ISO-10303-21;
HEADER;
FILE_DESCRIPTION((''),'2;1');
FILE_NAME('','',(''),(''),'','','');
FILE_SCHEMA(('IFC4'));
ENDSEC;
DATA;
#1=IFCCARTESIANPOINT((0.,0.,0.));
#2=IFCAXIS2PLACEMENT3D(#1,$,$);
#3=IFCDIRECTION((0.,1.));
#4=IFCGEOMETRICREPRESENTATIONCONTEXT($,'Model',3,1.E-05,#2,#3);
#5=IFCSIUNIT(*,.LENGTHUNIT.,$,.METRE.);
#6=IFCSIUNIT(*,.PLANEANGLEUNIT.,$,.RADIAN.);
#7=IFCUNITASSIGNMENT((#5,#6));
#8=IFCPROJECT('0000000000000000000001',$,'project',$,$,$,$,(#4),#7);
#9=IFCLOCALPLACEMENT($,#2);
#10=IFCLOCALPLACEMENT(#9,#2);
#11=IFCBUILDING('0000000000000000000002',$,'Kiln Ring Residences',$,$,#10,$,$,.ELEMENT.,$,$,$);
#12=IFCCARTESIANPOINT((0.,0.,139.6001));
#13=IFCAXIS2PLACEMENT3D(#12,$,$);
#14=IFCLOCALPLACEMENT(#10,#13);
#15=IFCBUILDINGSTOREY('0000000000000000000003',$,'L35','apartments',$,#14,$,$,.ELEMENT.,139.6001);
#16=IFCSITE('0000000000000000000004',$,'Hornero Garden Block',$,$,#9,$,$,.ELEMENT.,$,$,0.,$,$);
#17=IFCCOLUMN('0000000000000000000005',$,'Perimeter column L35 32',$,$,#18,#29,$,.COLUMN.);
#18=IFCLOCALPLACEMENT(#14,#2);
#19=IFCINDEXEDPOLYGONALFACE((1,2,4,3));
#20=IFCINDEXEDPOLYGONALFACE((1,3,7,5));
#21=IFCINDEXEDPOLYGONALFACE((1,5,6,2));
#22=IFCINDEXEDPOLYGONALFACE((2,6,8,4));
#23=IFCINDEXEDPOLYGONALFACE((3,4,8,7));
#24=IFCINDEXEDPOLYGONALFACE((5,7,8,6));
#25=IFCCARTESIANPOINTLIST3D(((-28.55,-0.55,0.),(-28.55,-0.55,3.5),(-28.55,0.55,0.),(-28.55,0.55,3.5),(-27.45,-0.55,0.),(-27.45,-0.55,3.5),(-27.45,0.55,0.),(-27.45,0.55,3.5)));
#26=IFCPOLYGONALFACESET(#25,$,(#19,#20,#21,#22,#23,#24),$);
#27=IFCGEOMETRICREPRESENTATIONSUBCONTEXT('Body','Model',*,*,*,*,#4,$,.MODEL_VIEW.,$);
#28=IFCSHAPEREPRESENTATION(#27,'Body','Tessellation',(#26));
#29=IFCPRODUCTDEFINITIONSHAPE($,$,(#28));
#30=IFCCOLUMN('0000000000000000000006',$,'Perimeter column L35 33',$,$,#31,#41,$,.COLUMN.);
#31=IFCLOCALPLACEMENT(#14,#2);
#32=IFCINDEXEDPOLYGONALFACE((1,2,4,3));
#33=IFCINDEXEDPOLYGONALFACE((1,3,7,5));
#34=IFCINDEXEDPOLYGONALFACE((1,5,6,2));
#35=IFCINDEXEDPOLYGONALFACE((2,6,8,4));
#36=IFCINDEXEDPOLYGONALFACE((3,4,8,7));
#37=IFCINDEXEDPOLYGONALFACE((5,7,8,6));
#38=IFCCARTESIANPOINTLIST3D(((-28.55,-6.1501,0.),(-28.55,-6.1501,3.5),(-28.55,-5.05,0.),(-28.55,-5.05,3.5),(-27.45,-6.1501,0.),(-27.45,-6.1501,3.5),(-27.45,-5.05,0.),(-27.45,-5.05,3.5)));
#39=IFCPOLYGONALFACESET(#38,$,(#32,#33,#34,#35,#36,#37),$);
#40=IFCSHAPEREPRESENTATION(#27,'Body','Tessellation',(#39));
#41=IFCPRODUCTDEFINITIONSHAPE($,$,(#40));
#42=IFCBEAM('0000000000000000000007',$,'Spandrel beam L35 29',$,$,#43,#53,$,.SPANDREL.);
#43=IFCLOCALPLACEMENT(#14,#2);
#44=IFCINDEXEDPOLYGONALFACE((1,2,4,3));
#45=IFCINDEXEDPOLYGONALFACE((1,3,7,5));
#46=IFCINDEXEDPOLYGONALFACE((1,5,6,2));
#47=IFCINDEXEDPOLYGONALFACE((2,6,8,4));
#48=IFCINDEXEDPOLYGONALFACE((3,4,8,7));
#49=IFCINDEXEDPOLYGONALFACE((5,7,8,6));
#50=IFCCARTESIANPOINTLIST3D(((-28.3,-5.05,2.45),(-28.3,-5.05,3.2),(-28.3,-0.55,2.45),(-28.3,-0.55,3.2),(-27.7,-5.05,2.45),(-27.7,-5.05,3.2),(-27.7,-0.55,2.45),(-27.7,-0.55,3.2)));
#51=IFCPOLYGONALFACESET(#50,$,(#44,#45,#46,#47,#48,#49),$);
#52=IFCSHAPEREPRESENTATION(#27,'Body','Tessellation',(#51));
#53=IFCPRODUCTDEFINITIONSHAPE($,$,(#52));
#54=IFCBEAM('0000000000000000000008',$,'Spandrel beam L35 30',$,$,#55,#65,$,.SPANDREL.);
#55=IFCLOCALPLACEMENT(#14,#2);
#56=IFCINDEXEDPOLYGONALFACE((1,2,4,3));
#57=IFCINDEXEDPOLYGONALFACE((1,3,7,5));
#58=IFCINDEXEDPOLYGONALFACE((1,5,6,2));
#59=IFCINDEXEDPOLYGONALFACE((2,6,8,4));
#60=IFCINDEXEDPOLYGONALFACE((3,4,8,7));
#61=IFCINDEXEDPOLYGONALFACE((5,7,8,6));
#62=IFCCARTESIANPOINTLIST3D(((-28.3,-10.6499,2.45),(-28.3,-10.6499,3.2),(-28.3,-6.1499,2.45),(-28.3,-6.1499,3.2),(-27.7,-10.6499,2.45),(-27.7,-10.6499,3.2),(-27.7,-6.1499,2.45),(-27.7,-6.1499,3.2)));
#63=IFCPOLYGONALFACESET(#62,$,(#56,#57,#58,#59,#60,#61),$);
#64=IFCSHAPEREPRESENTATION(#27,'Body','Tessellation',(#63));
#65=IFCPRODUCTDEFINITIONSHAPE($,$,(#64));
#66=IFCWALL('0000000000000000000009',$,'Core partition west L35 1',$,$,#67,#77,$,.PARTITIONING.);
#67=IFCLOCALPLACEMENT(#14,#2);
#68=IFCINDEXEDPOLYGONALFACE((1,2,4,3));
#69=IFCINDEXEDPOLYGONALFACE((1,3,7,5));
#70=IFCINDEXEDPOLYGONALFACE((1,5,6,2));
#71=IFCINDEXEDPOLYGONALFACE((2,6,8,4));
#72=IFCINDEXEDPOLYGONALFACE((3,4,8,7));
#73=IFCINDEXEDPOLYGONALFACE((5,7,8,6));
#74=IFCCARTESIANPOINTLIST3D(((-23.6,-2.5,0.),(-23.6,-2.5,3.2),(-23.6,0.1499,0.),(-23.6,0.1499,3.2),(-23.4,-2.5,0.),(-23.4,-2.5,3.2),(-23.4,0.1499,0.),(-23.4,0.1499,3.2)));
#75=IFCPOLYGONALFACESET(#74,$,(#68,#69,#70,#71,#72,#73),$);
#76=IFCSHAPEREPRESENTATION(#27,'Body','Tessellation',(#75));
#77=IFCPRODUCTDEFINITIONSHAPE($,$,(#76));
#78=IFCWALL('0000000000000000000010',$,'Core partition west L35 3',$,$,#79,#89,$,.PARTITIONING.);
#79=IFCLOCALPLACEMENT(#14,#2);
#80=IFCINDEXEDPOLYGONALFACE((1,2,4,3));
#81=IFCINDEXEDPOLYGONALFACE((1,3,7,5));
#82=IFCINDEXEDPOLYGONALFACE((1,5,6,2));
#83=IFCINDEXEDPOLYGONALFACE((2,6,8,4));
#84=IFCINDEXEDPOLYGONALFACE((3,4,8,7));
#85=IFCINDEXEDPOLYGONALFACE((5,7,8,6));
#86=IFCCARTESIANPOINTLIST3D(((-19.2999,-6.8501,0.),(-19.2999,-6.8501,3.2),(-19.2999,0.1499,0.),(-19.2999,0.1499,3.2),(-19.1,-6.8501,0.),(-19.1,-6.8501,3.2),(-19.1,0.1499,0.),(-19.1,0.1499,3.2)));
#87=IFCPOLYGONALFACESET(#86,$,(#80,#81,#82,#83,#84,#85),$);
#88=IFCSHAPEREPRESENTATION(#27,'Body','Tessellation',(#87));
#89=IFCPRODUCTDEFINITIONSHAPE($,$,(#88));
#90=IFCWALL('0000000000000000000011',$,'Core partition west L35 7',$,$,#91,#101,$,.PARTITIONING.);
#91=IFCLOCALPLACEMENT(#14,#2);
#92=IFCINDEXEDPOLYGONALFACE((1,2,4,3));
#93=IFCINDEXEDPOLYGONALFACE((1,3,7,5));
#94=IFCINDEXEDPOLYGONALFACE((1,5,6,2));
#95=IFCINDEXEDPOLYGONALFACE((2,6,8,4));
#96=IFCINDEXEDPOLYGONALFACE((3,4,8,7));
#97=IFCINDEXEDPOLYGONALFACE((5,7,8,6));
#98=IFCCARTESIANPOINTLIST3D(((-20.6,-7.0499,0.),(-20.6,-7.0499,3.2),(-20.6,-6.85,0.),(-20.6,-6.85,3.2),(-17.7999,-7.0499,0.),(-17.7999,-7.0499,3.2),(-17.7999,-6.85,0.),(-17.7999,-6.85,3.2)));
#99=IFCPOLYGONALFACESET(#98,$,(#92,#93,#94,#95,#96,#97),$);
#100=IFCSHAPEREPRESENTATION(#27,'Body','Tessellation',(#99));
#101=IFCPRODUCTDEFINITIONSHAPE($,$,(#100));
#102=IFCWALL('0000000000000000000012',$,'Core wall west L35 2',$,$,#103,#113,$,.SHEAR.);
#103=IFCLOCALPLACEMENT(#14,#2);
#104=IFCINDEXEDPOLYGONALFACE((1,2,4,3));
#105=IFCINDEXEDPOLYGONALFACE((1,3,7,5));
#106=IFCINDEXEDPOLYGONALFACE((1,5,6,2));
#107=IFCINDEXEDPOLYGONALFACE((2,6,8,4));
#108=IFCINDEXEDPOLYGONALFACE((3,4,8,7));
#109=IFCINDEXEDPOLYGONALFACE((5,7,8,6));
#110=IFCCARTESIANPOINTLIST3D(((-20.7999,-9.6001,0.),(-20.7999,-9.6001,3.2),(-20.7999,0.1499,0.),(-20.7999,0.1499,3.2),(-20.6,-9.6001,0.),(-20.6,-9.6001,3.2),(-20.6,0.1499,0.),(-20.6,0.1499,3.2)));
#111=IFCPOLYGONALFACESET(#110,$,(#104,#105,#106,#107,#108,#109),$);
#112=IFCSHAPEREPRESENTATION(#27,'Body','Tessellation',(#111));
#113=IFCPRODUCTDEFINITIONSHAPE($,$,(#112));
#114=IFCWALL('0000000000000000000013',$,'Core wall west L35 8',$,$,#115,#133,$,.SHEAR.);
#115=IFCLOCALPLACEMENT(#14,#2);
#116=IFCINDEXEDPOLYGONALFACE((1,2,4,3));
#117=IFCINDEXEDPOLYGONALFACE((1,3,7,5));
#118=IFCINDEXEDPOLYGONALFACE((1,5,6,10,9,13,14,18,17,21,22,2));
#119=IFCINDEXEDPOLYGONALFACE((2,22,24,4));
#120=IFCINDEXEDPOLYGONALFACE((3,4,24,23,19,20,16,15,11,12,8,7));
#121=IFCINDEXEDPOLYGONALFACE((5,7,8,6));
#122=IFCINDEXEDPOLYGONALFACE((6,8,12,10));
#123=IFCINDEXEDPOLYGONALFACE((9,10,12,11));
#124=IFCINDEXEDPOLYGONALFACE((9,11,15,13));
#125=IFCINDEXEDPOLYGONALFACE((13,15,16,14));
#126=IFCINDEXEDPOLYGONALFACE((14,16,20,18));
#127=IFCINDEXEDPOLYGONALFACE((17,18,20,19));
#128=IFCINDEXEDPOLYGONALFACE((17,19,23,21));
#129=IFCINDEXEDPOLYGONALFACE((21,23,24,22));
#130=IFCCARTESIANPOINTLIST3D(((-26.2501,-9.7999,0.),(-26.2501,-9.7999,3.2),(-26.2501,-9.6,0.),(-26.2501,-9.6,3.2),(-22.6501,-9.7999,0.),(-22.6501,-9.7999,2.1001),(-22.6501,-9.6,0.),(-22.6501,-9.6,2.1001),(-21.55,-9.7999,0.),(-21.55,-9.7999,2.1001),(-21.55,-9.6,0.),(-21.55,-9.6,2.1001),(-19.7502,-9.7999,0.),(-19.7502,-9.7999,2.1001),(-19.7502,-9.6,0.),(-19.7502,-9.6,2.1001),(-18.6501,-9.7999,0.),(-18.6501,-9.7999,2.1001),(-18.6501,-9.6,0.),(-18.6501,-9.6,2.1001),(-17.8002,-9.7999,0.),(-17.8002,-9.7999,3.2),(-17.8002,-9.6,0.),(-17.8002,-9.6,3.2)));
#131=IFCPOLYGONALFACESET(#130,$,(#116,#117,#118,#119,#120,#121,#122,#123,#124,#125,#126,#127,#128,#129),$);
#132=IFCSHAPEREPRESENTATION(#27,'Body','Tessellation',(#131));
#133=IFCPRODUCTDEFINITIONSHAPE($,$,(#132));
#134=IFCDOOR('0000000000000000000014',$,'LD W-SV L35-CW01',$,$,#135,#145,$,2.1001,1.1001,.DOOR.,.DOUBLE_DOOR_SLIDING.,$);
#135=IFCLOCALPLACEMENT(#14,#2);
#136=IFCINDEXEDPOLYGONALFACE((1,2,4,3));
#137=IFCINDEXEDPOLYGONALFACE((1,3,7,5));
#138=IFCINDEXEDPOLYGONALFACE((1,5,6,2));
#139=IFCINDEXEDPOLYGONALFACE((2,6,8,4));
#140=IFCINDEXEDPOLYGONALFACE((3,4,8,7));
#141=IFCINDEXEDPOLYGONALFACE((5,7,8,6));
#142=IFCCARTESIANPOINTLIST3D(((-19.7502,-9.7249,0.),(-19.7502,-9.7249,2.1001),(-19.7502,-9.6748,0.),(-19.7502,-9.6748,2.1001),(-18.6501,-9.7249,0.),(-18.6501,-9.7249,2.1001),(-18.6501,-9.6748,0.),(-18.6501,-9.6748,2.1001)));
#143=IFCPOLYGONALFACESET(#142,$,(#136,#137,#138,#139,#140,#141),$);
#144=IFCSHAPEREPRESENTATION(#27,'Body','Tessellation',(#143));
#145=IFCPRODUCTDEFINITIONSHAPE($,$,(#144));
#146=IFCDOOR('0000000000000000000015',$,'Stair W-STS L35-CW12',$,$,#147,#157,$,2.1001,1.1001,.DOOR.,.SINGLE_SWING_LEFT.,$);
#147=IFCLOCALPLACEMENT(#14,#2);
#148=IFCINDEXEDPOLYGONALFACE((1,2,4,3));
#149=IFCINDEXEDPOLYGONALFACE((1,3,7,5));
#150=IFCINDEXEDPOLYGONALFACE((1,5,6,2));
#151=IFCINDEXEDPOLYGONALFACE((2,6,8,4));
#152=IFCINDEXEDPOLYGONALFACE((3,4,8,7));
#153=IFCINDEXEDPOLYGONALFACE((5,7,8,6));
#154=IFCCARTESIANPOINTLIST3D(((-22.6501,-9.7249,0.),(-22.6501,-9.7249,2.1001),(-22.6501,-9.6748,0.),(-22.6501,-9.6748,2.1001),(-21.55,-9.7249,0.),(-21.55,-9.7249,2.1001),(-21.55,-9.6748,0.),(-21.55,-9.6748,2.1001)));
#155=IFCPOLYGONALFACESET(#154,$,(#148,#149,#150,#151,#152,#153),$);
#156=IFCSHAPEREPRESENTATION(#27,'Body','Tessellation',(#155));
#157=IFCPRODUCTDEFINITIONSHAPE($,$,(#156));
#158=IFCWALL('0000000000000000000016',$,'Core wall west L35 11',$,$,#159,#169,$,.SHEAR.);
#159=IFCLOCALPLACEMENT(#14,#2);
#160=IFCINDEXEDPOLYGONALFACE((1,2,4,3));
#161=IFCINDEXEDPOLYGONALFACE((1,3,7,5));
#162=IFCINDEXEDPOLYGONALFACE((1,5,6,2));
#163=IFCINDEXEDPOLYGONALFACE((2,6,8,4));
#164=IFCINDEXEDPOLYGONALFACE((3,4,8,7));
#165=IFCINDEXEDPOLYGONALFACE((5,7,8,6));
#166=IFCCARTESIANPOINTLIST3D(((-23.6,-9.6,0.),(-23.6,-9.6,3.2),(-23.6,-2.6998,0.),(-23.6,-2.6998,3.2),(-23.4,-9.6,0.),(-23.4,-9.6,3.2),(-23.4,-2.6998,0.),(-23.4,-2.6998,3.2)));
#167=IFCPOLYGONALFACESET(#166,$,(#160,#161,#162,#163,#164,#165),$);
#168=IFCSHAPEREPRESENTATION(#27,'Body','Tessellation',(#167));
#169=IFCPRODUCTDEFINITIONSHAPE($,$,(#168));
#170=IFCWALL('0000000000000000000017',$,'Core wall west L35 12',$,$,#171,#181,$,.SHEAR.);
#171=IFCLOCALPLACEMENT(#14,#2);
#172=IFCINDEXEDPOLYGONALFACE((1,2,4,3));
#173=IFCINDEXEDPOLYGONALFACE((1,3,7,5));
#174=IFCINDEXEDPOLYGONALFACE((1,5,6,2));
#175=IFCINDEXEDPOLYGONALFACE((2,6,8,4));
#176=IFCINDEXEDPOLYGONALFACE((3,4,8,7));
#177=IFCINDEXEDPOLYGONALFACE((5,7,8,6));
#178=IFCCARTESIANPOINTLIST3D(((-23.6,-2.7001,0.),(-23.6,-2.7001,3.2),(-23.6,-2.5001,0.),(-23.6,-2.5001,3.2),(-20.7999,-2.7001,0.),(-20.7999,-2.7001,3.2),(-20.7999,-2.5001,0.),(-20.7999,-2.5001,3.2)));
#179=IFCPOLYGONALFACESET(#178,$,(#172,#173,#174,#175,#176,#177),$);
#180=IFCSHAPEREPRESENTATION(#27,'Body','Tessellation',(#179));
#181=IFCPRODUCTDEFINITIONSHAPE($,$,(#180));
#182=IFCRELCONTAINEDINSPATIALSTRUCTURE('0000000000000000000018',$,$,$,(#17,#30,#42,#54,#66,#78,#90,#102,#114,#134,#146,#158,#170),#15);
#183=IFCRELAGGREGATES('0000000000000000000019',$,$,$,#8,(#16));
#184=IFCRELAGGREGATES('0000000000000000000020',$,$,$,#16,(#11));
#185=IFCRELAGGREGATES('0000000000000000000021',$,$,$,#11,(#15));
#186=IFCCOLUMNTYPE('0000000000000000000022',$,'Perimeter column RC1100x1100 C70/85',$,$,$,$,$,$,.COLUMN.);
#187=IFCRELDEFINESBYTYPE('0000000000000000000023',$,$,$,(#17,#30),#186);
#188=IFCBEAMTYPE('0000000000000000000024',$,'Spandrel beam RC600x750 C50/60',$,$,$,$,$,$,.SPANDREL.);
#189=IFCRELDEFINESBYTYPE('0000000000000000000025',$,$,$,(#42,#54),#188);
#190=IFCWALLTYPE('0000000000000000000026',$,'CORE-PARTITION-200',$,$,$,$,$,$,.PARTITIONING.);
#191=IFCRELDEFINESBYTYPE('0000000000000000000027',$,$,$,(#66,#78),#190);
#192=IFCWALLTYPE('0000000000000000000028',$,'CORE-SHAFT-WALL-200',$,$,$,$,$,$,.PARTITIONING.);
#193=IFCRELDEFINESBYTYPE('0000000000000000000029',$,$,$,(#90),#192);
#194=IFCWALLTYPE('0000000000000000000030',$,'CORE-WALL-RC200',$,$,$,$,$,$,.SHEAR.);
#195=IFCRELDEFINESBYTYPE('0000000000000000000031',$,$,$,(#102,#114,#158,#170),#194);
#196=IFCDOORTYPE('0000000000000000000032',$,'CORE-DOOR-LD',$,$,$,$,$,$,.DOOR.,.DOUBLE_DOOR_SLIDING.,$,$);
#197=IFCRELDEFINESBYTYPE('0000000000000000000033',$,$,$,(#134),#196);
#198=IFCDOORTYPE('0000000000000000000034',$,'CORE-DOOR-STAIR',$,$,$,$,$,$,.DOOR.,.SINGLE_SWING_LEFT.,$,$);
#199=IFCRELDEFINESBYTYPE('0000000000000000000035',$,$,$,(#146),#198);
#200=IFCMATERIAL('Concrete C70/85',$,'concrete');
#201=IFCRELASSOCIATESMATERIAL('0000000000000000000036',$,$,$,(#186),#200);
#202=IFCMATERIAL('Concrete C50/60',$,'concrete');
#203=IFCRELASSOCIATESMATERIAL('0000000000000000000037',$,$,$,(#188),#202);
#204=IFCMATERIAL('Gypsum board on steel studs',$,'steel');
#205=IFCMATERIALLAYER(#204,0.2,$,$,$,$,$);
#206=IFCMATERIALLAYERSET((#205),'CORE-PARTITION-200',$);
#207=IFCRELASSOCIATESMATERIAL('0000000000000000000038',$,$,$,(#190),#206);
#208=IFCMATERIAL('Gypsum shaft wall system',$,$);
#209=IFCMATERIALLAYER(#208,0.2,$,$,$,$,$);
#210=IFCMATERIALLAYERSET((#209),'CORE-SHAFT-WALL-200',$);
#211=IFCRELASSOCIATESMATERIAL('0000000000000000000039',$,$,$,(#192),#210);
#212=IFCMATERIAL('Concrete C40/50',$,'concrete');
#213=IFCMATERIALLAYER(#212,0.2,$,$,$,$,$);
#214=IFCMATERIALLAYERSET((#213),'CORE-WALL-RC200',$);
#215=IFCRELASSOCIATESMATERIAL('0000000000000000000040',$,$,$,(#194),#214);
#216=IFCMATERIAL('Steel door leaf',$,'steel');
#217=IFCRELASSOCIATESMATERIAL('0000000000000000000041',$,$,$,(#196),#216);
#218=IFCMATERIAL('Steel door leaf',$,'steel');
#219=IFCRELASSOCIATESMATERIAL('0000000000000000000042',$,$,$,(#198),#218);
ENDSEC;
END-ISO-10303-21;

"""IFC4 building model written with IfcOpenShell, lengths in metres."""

from ifc_helpers import new_model, si_unit, direction, frame, frame_2d, origin, origin_2d, place, context, subcontext, project, spatial, rectangle, extrude, material, layer, layer_set, material_profile, profile_set, type_object, element, fill, save


model = new_model("IFC4")

# Units and contexts
model_context = context("Model", 3, precision=1e-05, world=origin(), true_north=direction((0.0, 1.0)))
body_context = subcontext(model_context, "Body", "Model", "MODEL_VIEW")
ifc_project = project(units=[si_unit("LENGTHUNIT", "METRE"), si_unit("PLANEANGLEUNIT", "RADIAN")], contexts=[model_context])

# Site, building, storey
site_placement = place(None, origin())
site = spatial("IfcSite", under=ifc_project, at=site_placement, Name="Hornero Garden Block", CompositionType="ELEMENT", RefElevation=0.0)
building_placement = place(site_placement, origin())
building = spatial("IfcBuilding", under=site, at=building_placement, Name="Kiln Ring Residences", CompositionType="ELEMENT")
storey_placement = place(building_placement, frame((0.0, 0.0, 139.6001)))
storey = spatial("IfcBuildingStorey", under=building, at=storey_placement, Name="L35", Description="apartments", CompositionType="ELEMENT", Elevation=139.6001)

# Columns
ifc_material_1 = material(Name="Concrete C70/85", Category="concrete")
ifc_material_profile_1 = material_profile(ifc_material_1, rectangle(XDim=1.1001, YDim=1.1001, at=origin_2d()), Name="RC1100x1100")
ifc_profile_set_1 = profile_set([ifc_material_profile_1], Name="Concrete C70/85")
column_type = type_object("IfcColumnType", Name="Perimeter column RC1100x1100 C70/85", PredefinedType="COLUMN", material=ifc_profile_set_1)
for number, where, z_axis, x_axis, name in (
    (1, (-28.0, 0.0, 0.0), (0.0, 0.0, 1.0), (1.0, 0.0, 0.0), "Perimeter column L35 32"),
    (2, (-28.0, -5.6001, 0.0), (0.0, 0.0, 1.0), (1.0, 0.0, 0.0), "Perimeter column L35 33"),
):
    element("IfcColumn", number, at=place(storey_placement, frame(where, z_axis=z_axis, x_axis=x_axis)), inside=storey, type_object=column_type, Name=name, PredefinedType="COLUMN", context=body_context, shape_type="SweptSolid", body=[
        extrude(rectangle(XDim=1.1001, YDim=1.1001, at=origin_2d()), origin(), (0.0, 0.0, 1.0), 3.5),
    ])

# Beams
ifc_material_2 = material(Name="Concrete C50/60", Category="concrete")
ifc_material_profile_2 = material_profile(ifc_material_2, rectangle(XDim=0.6001, YDim=0.75, at=origin_2d()), Name="RC600x750")
ifc_profile_set_2 = profile_set([ifc_material_profile_2], Name="Concrete C50/60")
beam_type = type_object("IfcBeamType", Name="Spandrel beam RC600x750 C50/60", PredefinedType="SPANDREL", material=ifc_profile_set_2)
for number, where, z_axis, x_axis, name in (
    (3, (-28.0, -0.55, 2.825), (0.0, -1.0, 0.0), (1.0, 0.0, 0.0), "Spandrel beam L35 29"),
    (4, (-28.0, -6.1499, 2.825), (0.0, -1.0, 0.0), (1.0, 0.0, 0.0), "Spandrel beam L35 30"),
):
    element("IfcBeam", number, at=place(storey_placement, frame(where, z_axis=z_axis, x_axis=x_axis)), inside=storey, type_object=beam_type, Name=name, PredefinedType="SPANDREL", context=body_context, shape_type="SweptSolid", body=[
        extrude(rectangle(XDim=0.6001, YDim=0.75, at=origin_2d()), origin(), (0.0, 0.0, 1.0), 4.5),
    ])

# Walls
ifc_material_3 = material(Name="Gypsum board on steel studs", Category="steel")
ifc_layer_1 = layer(ifc_material_3, 0.2)
ifc_layer_set_1 = layer_set([ifc_layer_1], Name="CORE-PARTITION-200")
wall_type_1 = type_object("IfcWallType", Name="CORE-PARTITION-200", PredefinedType="PARTITIONING", material=ifc_layer_set_1)
wall_1_placement = place(storey_placement, frame((-23.5, -2.5, 0.0), z_axis=(0.0, 0.0, 1.0), x_axis=(0.0, 1.0, 0.0)))
element("IfcWall", 5, at=wall_1_placement, inside=storey, type_object=wall_type_1, Name="Core partition west L35 1", PredefinedType="PARTITIONING", context=body_context, shape_type="SweptSolid", body=[
    extrude(rectangle(XDim=2.6499, YDim=0.2, at=frame_2d((1.325, 0.0))), origin(), (0.0, 0.0, 1.0), 3.2),
])
wall_2_placement = place(storey_placement, frame((-19.2, -6.8501, 0.0), z_axis=(0.0, 0.0, 1.0), x_axis=(0.0, 1.0, 0.0)))
element("IfcWall", 6, at=wall_2_placement, inside=storey, type_object=wall_type_1, Name="Core partition west L35 3", PredefinedType="PARTITIONING", context=body_context, shape_type="SweptSolid", body=[
    extrude(rectangle(XDim=7.0, YDim=0.2, at=frame_2d((3.5, 0.0))), origin(), (0.0, 0.0, 1.0), 3.2),
])
ifc_material_4 = material(Name="Gypsum shaft wall system")
ifc_layer_2 = layer(ifc_material_4, 0.2)
ifc_layer_set_2 = layer_set([ifc_layer_2], Name="CORE-SHAFT-WALL-200")
wall_type_2 = type_object("IfcWallType", Name="CORE-SHAFT-WALL-200", PredefinedType="PARTITIONING", material=ifc_layer_set_2)
wall_3_placement = place(storey_placement, frame((-17.8, -6.95, 0.0), z_axis=(0.0, 0.0, 1.0), x_axis=(-1.0, 0.0, 0.0)))
element("IfcWall", 7, at=wall_3_placement, inside=storey, type_object=wall_type_2, Name="Core partition west L35 7", PredefinedType="PARTITIONING", context=body_context, shape_type="SweptSolid", body=[
    extrude(rectangle(XDim=2.8, YDim=0.2, at=frame_2d((1.3999, 0.0))), origin(), (0.0, 0.0, 1.0), 3.2),
])
ifc_material_5 = material(Name="Concrete C40/50", Category="concrete")
ifc_layer_3 = layer(ifc_material_5, 0.2)
ifc_layer_set_3 = layer_set([ifc_layer_3], Name="CORE-WALL-RC200")
wall_type_3 = type_object("IfcWallType", Name="CORE-WALL-RC200", PredefinedType="SHEAR", material=ifc_layer_set_3)
wall_4_placement = place(storey_placement, frame((-20.7, -9.6001, 0.0), z_axis=(0.0, 0.0, 1.0), x_axis=(0.0, 1.0, 0.0)))
element("IfcWall", 8, at=wall_4_placement, inside=storey, type_object=wall_type_3, Name="Core wall west L35 2", PredefinedType="SHEAR", context=body_context, shape_type="SweptSolid", body=[
    extrude(rectangle(XDim=9.75, YDim=0.2, at=frame_2d((4.875, 0.0))), origin(), (0.0, 0.0, 1.0), 3.2),
])

# Wall, openings, doors
wall_5_placement = place(storey_placement, frame((-17.8, -9.7, 0.0), z_axis=(0.0, 0.0, 1.0), x_axis=(-1.0, 0.0, 0.0)))
wall_5 = element("IfcWall", 9, at=wall_5_placement, inside=storey, type_object=wall_type_3, Name="Core wall west L35 8", PredefinedType="SHEAR", context=body_context, shape_type="SweptSolid", body=[
    extrude(rectangle(XDim=8.45, YDim=0.2, at=frame_2d((4.2251, 0.0))), origin(), (0.0, 0.0, 1.0), 3.2),
])
opening_1_placement = place(wall_5_placement, frame((0.8501, 0.0, 0.0)))
opening_1 = element("IfcOpeningElement", 10, at=opening_1_placement, cuts=wall_5, PredefinedType="OPENING", context=body_context, shape_type="SweptSolid", body=[
    extrude(rectangle(XDim=1.1001, YDim=2.1001, at=frame_2d((0.55, 1.05))), frame((0.0, 0.1099, 0.0), z_axis=(0.0, -1.0, 0.0), x_axis=(1.0, 0.0, 0.0)), (0.0, 0.0, 1.0), 0.22),
])
opening_2_placement = place(wall_5_placement, frame((3.75, 0.0, 0.0)))
opening_2 = element("IfcOpeningElement", 11, at=opening_2_placement, cuts=wall_5, PredefinedType="OPENING", context=body_context, shape_type="SweptSolid", body=[
    extrude(rectangle(XDim=1.1001, YDim=2.1001, at=frame_2d((0.55, 1.05))), frame((0.0, 0.1099, 0.0), z_axis=(0.0, -1.0, 0.0), x_axis=(1.0, 0.0, 0.0)), (0.0, 0.0, 1.0), 0.22),
])
ifc_material_6 = material(Name="Steel door leaf", Category="steel")
door_type_1 = type_object("IfcDoorType", Name="CORE-DOOR-LD", OperationType="DOUBLE_DOOR_SLIDING", PredefinedType="DOOR", material=ifc_material_6)
door_1_placement = place(opening_1_placement, origin())
door_1 = element("IfcDoor", 12, at=door_1_placement, inside=storey, type_object=door_type_1, Name="LD W-SV L35-CW01", OperationType="DOUBLE_DOOR_SLIDING", OverallHeight=2.1001, OverallWidth=1.1001, PredefinedType="DOOR", context=body_context, shape_type="SweptSolid", body=[
    extrude(rectangle(XDim=1.1001, YDim=2.1001, at=frame_2d((0.55, 1.05))), frame((0.0, 0.0249, 0.0), z_axis=(0.0, -1.0, 0.0), x_axis=(1.0, 0.0, 0.0)), (0.0, 0.0, 1.0), 0.05),
])
fill(opening_1, door_1)
ifc_material_7 = material(Name="Steel door leaf", Category="steel")
door_type_2 = type_object("IfcDoorType", Name="CORE-DOOR-STAIR", OperationType="SINGLE_SWING_LEFT", PredefinedType="DOOR", material=ifc_material_7)
door_2_placement = place(opening_2_placement, origin())
door_2 = element("IfcDoor", 13, at=door_2_placement, inside=storey, type_object=door_type_2, Name="Stair W-STS L35-CW12", OperationType="SINGLE_SWING_LEFT", OverallHeight=2.1001, OverallWidth=1.1001, PredefinedType="DOOR", context=body_context, shape_type="SweptSolid", body=[
    extrude(rectangle(XDim=1.1001, YDim=2.1001, at=frame_2d((0.55, 1.05))), frame((0.0, 0.0249, 0.0), z_axis=(0.0, -1.0, 0.0), x_axis=(1.0, 0.0, 0.0)), (0.0, 0.0, 1.0), 0.05),
])
fill(opening_2, door_2)

# Walls
wall_6_placement = place(storey_placement, frame((-23.5, -9.6001, 0.0), z_axis=(0.0, 0.0, 1.0), x_axis=(0.0, 1.0, 0.0)))
element("IfcWall", 14, at=wall_6_placement, inside=storey, type_object=wall_type_3, Name="Core wall west L35 11", PredefinedType="SHEAR", context=body_context, shape_type="SweptSolid", body=[
    extrude(rectangle(XDim=6.9001, YDim=0.2, at=frame_2d((3.4502, 0.0))), origin(), (0.0, 0.0, 1.0), 3.2),
])
wall_7_placement = place(storey_placement, frame((-20.8, -2.6001, 0.0), z_axis=(0.0, 0.0, 1.0), x_axis=(-1.0, 0.0, 0.0)))
element("IfcWall", 15, at=wall_7_placement, inside=storey, type_object=wall_type_3, Name="Core wall west L35 12", PredefinedType="SHEAR", context=body_context, shape_type="SweptSolid", body=[
    extrude(rectangle(XDim=2.8, YDim=0.2, at=frame_2d((1.3999, 0.0))), origin(), (0.0, 0.0, 1.0), 3.2),
])

save(model, "model.ifc")
